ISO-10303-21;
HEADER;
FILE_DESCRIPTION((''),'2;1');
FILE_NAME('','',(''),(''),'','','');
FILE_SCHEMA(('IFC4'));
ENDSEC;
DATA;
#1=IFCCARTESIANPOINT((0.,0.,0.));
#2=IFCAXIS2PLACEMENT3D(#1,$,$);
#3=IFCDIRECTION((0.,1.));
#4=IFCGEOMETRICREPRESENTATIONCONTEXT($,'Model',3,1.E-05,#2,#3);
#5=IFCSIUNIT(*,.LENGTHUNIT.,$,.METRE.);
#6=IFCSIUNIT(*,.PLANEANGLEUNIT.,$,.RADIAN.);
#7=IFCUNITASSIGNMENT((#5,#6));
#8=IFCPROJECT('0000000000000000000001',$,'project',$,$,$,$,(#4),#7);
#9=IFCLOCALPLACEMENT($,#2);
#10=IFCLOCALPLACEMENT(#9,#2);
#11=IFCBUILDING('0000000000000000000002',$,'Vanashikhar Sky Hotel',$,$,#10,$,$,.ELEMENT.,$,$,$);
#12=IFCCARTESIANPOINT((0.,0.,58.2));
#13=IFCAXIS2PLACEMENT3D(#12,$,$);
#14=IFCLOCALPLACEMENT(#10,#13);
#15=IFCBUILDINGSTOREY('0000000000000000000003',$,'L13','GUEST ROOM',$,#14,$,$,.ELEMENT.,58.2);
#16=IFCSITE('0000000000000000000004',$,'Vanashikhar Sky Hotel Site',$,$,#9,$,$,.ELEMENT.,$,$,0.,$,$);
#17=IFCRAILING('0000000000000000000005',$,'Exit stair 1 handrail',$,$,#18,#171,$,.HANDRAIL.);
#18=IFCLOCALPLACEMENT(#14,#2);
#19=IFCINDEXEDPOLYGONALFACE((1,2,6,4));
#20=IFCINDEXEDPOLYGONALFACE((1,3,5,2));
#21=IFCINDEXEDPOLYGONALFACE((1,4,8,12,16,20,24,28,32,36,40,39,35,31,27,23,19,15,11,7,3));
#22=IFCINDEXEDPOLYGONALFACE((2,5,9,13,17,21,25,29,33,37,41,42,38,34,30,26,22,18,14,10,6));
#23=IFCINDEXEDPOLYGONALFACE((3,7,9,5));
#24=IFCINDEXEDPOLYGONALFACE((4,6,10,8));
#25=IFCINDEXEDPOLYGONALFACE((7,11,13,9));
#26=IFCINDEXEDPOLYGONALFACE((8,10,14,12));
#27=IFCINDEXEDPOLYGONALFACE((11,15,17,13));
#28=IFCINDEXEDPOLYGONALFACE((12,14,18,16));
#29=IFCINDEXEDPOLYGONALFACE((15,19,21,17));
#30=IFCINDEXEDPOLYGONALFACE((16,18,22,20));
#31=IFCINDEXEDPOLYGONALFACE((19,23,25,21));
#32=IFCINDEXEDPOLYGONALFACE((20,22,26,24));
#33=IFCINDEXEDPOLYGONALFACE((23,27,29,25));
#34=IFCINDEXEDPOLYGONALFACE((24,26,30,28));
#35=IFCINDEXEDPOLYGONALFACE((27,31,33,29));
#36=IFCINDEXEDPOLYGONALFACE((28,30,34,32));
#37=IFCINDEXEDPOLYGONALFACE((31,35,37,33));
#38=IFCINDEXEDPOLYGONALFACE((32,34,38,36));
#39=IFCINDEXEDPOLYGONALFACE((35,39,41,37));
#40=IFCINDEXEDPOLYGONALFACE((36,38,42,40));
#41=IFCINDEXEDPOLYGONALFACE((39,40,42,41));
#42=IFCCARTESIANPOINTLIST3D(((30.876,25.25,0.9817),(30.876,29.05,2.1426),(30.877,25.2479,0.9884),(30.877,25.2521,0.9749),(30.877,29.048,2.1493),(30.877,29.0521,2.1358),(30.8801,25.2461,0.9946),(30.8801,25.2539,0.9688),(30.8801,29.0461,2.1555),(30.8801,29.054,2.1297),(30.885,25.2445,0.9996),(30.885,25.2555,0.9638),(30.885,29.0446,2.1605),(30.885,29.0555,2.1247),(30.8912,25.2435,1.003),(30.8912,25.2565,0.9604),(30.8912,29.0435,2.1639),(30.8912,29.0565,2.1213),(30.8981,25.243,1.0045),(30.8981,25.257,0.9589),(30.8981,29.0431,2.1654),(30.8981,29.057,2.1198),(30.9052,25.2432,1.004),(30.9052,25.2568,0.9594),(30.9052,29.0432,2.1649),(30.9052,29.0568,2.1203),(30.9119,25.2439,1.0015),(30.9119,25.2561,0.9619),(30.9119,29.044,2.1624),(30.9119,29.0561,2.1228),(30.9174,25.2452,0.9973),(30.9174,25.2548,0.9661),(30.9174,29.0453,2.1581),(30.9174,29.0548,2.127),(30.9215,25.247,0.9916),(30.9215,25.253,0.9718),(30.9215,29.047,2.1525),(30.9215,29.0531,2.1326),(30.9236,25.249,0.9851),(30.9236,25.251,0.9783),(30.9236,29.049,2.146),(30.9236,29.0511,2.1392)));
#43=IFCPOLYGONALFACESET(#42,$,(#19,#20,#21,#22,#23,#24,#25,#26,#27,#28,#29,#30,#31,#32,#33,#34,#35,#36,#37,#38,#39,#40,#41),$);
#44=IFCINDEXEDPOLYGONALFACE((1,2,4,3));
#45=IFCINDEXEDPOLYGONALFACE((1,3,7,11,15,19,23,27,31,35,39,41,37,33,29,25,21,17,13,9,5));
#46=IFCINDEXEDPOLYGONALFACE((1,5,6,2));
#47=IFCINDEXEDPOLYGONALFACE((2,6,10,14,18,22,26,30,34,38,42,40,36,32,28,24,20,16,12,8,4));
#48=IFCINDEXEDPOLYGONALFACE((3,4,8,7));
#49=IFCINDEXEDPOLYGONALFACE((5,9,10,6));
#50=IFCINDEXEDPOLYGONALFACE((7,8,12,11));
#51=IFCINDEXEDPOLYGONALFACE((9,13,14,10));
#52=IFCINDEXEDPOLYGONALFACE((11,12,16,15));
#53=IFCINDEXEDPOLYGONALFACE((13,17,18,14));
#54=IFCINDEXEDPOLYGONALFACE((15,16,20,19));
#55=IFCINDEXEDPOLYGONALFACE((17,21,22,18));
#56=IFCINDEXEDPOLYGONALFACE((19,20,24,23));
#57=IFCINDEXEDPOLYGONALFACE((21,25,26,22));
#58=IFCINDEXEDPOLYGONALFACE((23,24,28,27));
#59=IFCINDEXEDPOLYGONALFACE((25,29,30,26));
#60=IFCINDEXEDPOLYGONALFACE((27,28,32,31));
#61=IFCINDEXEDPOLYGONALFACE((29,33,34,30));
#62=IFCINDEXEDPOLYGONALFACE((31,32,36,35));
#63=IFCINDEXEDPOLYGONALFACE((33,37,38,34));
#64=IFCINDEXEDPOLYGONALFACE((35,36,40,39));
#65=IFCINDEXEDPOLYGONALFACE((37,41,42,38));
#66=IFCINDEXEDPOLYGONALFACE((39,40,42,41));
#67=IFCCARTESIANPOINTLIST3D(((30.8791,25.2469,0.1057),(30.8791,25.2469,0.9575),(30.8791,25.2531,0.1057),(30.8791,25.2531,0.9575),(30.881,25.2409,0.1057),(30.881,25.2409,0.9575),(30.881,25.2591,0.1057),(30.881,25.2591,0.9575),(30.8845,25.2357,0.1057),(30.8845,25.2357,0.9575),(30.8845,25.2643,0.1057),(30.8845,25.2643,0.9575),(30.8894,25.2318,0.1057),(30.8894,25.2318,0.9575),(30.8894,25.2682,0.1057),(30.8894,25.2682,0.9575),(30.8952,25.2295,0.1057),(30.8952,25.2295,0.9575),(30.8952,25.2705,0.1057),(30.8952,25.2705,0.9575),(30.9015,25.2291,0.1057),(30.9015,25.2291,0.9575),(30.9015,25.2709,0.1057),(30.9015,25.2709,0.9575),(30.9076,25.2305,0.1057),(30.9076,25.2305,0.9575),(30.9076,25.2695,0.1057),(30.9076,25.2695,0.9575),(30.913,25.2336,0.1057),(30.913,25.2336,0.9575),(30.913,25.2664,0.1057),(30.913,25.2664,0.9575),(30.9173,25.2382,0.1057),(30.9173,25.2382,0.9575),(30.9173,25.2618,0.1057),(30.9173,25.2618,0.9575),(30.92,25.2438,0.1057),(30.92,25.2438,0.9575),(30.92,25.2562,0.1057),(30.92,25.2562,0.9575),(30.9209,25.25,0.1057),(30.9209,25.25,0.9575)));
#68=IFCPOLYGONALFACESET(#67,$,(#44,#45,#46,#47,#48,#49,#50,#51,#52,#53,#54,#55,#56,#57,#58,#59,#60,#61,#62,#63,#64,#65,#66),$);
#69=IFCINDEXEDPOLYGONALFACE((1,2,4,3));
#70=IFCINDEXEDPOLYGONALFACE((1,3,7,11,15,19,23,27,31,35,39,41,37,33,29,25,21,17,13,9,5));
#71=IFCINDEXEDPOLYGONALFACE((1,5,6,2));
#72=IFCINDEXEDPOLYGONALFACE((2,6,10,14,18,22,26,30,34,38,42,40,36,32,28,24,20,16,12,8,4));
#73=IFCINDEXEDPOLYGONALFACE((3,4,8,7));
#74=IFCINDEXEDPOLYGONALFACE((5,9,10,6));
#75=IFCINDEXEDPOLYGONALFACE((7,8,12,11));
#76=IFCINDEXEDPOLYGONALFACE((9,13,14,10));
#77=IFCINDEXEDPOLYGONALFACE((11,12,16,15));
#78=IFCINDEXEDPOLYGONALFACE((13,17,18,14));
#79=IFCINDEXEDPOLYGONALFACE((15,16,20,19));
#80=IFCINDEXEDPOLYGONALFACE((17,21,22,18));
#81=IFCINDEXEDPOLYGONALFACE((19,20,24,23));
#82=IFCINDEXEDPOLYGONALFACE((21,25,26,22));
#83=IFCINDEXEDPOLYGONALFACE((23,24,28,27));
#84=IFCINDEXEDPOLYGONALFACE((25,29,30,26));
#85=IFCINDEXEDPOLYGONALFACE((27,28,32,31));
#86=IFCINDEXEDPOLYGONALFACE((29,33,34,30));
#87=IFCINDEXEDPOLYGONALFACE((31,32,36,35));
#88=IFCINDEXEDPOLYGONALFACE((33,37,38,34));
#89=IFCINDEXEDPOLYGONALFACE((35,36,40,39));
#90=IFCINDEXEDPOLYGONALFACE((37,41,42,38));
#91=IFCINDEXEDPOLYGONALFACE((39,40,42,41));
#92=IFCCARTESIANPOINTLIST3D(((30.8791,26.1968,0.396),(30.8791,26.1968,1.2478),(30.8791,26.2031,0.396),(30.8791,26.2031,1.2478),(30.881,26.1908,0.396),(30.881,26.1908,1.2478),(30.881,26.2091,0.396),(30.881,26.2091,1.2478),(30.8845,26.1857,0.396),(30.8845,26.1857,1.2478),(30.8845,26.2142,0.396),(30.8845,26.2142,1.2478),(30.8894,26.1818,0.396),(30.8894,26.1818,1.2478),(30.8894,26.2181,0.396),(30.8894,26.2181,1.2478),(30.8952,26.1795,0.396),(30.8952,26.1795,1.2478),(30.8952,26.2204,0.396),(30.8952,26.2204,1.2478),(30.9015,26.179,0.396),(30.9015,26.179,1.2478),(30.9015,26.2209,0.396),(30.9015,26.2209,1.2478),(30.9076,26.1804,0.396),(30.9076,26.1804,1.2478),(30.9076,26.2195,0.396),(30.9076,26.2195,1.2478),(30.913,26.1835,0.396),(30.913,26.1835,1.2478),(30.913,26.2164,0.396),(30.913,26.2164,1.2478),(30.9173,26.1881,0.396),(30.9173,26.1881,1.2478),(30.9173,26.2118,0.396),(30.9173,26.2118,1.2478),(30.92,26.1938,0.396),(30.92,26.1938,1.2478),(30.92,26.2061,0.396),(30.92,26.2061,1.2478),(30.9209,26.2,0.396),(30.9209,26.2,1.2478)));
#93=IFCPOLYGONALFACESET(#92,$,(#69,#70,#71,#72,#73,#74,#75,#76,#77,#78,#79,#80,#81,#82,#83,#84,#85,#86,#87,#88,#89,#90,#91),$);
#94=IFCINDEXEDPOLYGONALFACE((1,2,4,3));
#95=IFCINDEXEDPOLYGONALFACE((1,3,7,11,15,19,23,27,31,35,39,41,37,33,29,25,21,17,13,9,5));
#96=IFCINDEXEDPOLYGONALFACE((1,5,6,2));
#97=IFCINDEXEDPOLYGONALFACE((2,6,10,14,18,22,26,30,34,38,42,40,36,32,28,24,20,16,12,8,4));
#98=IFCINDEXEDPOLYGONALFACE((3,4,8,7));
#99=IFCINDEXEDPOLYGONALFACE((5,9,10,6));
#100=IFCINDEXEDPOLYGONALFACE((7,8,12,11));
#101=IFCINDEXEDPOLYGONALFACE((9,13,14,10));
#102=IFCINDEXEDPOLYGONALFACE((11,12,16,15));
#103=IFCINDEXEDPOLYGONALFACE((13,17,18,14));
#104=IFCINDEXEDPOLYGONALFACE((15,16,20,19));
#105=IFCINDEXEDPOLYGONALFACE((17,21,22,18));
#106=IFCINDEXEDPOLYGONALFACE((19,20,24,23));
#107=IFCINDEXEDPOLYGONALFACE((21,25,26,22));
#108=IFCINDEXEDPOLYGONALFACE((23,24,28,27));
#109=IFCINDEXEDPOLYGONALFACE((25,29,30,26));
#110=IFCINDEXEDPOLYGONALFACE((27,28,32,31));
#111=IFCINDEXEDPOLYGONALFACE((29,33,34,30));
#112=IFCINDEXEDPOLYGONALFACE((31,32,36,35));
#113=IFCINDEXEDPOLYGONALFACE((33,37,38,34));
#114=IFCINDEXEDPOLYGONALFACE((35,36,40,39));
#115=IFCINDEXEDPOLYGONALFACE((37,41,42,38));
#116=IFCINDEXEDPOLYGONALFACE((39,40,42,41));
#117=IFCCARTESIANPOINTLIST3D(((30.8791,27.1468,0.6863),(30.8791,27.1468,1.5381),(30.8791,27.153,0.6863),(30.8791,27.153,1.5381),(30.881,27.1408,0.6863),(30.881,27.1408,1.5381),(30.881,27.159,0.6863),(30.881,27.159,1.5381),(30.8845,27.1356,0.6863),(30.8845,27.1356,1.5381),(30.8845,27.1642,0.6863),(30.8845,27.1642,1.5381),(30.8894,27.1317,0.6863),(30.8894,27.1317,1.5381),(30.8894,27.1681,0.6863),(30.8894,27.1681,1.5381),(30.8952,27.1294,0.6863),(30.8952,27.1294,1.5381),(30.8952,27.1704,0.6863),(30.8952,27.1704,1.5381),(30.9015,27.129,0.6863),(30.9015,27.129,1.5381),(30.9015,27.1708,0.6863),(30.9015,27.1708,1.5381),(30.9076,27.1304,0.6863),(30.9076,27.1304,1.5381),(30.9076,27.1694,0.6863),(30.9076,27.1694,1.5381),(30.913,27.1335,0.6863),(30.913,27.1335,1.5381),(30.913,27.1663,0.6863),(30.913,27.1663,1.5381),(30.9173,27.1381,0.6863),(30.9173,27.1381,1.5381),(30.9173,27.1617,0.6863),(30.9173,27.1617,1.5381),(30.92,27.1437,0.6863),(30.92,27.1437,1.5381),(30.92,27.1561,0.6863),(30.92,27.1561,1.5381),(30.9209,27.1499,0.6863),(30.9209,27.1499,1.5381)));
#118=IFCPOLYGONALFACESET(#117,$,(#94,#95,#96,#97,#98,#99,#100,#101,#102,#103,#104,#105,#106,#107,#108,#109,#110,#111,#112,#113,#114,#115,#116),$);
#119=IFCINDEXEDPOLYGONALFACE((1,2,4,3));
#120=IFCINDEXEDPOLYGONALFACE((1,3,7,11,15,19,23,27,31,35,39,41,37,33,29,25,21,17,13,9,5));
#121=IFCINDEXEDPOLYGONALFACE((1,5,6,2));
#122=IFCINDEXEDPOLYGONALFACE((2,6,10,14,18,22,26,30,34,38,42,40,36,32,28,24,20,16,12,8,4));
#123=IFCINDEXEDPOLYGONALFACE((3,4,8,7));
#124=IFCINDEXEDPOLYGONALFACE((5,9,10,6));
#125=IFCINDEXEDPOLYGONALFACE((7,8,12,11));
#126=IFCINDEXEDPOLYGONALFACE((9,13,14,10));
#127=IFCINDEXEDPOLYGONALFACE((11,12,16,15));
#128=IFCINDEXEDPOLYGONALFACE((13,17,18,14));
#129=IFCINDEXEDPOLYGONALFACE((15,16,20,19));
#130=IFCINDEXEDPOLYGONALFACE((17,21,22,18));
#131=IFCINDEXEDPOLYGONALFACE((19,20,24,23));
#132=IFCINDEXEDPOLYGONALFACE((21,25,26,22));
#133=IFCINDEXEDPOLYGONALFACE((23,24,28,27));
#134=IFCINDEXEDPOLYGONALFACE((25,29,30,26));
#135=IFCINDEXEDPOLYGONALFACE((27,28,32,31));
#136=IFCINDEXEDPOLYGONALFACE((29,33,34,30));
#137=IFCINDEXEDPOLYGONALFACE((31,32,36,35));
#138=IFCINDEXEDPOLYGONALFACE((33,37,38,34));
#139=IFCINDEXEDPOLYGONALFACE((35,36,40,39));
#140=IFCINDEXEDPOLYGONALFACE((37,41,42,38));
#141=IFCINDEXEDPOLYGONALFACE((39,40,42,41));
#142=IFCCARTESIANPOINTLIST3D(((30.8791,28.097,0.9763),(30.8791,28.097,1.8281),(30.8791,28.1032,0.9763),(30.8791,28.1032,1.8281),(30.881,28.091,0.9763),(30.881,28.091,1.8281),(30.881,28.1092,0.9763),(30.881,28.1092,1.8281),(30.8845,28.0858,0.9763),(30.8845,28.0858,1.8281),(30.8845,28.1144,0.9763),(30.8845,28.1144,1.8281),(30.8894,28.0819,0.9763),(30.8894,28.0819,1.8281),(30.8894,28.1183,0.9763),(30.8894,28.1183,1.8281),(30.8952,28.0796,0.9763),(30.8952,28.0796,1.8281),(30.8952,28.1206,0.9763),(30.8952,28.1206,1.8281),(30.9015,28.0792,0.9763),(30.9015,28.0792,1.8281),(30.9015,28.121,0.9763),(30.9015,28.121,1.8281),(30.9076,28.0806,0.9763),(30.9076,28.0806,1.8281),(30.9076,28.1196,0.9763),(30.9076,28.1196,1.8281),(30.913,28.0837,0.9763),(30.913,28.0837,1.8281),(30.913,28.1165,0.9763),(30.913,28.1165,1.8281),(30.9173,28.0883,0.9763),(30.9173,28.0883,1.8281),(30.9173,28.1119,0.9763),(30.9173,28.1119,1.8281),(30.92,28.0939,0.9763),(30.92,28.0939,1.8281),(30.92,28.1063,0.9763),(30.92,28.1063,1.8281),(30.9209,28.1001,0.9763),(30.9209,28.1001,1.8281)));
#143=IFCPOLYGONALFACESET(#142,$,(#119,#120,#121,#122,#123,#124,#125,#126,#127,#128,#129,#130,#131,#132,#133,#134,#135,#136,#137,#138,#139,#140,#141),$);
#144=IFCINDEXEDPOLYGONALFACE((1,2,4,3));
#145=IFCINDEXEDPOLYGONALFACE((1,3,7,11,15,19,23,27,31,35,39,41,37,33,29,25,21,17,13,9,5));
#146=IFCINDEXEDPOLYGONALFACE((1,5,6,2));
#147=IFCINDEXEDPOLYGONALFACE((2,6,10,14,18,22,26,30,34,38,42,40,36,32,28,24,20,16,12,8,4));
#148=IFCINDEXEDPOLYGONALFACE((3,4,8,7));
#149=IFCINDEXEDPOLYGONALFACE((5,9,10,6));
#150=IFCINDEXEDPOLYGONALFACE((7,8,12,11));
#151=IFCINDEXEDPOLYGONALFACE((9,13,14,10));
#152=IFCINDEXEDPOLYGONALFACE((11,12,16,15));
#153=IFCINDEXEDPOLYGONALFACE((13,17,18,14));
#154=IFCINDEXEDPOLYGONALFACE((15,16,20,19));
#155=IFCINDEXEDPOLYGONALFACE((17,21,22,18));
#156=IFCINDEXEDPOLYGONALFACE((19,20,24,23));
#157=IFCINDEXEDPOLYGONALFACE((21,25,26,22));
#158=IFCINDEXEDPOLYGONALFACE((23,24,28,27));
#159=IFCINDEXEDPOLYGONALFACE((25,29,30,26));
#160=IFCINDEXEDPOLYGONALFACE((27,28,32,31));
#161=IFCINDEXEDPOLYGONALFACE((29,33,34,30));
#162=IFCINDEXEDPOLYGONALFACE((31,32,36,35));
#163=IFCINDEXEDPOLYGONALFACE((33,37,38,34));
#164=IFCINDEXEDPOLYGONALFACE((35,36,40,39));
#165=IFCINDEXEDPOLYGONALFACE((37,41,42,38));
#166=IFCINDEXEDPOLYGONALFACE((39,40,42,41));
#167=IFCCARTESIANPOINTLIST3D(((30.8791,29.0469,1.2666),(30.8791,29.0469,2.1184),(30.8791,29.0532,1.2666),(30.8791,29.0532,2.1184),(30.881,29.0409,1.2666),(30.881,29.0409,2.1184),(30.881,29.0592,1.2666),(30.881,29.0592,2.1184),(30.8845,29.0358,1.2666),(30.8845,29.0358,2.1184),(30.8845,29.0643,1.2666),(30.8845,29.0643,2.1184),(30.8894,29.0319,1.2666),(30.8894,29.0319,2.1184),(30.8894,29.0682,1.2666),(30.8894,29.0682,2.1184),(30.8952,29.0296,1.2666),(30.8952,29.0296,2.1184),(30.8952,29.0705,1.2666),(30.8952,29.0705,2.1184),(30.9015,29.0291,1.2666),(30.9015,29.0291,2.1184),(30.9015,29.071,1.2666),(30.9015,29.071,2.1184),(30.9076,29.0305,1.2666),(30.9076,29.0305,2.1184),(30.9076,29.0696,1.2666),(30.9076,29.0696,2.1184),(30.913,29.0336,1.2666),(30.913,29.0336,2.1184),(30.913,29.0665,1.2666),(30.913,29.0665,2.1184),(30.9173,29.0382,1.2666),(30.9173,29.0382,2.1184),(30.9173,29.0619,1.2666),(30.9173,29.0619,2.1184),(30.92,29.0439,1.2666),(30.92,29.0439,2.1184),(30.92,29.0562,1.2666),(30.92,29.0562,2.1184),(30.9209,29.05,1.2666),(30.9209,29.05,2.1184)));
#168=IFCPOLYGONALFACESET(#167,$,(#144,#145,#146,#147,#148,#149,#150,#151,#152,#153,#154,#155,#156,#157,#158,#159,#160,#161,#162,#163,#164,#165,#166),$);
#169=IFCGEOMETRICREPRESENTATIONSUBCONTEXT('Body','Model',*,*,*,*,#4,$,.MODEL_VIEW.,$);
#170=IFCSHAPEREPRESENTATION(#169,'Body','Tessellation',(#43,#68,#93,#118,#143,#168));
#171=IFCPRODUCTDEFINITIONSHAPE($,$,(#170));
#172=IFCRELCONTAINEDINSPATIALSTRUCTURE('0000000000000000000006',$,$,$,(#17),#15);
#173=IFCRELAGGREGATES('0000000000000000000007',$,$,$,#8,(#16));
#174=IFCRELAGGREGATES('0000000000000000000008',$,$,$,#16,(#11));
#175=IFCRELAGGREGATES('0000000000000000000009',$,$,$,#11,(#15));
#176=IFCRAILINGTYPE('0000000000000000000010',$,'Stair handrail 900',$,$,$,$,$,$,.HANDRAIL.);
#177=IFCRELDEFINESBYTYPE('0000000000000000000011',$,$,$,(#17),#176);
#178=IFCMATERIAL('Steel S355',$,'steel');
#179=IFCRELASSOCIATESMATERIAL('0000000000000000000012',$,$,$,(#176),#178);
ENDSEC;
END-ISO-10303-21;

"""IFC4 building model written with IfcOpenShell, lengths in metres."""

from ifc_helpers import new_model, si_unit, direction, frame, origin, origin_2d, place, context, subcontext, project, spatial, circle, extrude, source, transform, mapped, material, type_object, element, save


model = new_model("IFC4")

# Units and contexts
model_context = context("Model", 3, precision=1e-05, world=origin(), true_north=direction((0.0, 1.0)))
body_context = subcontext(model_context, "Body", "Model", "MODEL_VIEW")
ifc_project = project(units=[si_unit("LENGTHUNIT", "METRE"), si_unit("PLANEANGLEUNIT", "RADIAN")], contexts=[model_context])

# Site, building, storey
site_placement = place(None, origin())
site = spatial("IfcSite", under=ifc_project, at=site_placement, Name="Vanashikhar Sky Hotel Site", CompositionType="ELEMENT", RefElevation=0.0)
building_placement = place(site_placement, origin())
building = spatial("IfcBuilding", under=site, at=building_placement, Name="Vanashikhar Sky Hotel", CompositionType="ELEMENT")
storey_placement = place(building_placement, frame((0.0, 0.0, 58.2)))
storey = spatial("IfcBuildingStorey", under=building, at=storey_placement, Name="L13", Description="GUEST ROOM", CompositionType="ELEMENT", Elevation=58.2)

# Railing
ifc_material_1 = material(Name="Steel S355", Category="steel")
railing_type_1 = type_object("IfcRailingType", Name="Stair handrail 900", PredefinedType="HANDRAIL", material=ifc_material_1)
shared_shape_1 = source(origin(), body_context, "Body", "SweptSolid", [
    extrude(circle(Radius=0.0239, at=origin_2d()), frame((0.0, 0.0, 0.876), z_axis=(0.0, 0.956368, 0.292164), x_axis=(-1.0, 0.0, 0.0)), (0.0, 0.0, 1.0), 3.9734),
    extrude(circle(Radius=0.021, at=origin_2d()), origin(), (0.0, 0.0, 1.0), 0.8518),
    extrude(circle(Radius=0.021, at=origin_2d()), frame((0.0, 0.95, 0.2903)), (0.0, 0.0, 1.0), 0.8518),
    extrude(circle(Radius=0.021, at=origin_2d()), frame((0.0, 1.8999, 0.5806)), (0.0, 0.0, 1.0), 0.8518),
    extrude(circle(Radius=0.021, at=origin_2d()), frame((0.0, 2.8501, 0.8706)), (0.0, 0.0, 1.0), 0.8518),
    extrude(circle(Radius=0.021, at=origin_2d()), frame((0.0, 3.8, 1.1609)), (0.0, 0.0, 1.0), 0.8518),
])
railing_1_placement = place(storey_placement, frame((30.8999, 25.25, 0.1057)))
element("IfcRailing", 1, at=railing_1_placement, inside=storey, type_object=railing_type_1, Name="Exit stair 1 handrail", PredefinedType="HANDRAIL", context=body_context, shape_type="MappedRepresentation", body=[
    mapped(shared_shape_1, transform((0.0, 0.0, 0.0), scale=1.0)),
])

save(model, "model.ifc")
